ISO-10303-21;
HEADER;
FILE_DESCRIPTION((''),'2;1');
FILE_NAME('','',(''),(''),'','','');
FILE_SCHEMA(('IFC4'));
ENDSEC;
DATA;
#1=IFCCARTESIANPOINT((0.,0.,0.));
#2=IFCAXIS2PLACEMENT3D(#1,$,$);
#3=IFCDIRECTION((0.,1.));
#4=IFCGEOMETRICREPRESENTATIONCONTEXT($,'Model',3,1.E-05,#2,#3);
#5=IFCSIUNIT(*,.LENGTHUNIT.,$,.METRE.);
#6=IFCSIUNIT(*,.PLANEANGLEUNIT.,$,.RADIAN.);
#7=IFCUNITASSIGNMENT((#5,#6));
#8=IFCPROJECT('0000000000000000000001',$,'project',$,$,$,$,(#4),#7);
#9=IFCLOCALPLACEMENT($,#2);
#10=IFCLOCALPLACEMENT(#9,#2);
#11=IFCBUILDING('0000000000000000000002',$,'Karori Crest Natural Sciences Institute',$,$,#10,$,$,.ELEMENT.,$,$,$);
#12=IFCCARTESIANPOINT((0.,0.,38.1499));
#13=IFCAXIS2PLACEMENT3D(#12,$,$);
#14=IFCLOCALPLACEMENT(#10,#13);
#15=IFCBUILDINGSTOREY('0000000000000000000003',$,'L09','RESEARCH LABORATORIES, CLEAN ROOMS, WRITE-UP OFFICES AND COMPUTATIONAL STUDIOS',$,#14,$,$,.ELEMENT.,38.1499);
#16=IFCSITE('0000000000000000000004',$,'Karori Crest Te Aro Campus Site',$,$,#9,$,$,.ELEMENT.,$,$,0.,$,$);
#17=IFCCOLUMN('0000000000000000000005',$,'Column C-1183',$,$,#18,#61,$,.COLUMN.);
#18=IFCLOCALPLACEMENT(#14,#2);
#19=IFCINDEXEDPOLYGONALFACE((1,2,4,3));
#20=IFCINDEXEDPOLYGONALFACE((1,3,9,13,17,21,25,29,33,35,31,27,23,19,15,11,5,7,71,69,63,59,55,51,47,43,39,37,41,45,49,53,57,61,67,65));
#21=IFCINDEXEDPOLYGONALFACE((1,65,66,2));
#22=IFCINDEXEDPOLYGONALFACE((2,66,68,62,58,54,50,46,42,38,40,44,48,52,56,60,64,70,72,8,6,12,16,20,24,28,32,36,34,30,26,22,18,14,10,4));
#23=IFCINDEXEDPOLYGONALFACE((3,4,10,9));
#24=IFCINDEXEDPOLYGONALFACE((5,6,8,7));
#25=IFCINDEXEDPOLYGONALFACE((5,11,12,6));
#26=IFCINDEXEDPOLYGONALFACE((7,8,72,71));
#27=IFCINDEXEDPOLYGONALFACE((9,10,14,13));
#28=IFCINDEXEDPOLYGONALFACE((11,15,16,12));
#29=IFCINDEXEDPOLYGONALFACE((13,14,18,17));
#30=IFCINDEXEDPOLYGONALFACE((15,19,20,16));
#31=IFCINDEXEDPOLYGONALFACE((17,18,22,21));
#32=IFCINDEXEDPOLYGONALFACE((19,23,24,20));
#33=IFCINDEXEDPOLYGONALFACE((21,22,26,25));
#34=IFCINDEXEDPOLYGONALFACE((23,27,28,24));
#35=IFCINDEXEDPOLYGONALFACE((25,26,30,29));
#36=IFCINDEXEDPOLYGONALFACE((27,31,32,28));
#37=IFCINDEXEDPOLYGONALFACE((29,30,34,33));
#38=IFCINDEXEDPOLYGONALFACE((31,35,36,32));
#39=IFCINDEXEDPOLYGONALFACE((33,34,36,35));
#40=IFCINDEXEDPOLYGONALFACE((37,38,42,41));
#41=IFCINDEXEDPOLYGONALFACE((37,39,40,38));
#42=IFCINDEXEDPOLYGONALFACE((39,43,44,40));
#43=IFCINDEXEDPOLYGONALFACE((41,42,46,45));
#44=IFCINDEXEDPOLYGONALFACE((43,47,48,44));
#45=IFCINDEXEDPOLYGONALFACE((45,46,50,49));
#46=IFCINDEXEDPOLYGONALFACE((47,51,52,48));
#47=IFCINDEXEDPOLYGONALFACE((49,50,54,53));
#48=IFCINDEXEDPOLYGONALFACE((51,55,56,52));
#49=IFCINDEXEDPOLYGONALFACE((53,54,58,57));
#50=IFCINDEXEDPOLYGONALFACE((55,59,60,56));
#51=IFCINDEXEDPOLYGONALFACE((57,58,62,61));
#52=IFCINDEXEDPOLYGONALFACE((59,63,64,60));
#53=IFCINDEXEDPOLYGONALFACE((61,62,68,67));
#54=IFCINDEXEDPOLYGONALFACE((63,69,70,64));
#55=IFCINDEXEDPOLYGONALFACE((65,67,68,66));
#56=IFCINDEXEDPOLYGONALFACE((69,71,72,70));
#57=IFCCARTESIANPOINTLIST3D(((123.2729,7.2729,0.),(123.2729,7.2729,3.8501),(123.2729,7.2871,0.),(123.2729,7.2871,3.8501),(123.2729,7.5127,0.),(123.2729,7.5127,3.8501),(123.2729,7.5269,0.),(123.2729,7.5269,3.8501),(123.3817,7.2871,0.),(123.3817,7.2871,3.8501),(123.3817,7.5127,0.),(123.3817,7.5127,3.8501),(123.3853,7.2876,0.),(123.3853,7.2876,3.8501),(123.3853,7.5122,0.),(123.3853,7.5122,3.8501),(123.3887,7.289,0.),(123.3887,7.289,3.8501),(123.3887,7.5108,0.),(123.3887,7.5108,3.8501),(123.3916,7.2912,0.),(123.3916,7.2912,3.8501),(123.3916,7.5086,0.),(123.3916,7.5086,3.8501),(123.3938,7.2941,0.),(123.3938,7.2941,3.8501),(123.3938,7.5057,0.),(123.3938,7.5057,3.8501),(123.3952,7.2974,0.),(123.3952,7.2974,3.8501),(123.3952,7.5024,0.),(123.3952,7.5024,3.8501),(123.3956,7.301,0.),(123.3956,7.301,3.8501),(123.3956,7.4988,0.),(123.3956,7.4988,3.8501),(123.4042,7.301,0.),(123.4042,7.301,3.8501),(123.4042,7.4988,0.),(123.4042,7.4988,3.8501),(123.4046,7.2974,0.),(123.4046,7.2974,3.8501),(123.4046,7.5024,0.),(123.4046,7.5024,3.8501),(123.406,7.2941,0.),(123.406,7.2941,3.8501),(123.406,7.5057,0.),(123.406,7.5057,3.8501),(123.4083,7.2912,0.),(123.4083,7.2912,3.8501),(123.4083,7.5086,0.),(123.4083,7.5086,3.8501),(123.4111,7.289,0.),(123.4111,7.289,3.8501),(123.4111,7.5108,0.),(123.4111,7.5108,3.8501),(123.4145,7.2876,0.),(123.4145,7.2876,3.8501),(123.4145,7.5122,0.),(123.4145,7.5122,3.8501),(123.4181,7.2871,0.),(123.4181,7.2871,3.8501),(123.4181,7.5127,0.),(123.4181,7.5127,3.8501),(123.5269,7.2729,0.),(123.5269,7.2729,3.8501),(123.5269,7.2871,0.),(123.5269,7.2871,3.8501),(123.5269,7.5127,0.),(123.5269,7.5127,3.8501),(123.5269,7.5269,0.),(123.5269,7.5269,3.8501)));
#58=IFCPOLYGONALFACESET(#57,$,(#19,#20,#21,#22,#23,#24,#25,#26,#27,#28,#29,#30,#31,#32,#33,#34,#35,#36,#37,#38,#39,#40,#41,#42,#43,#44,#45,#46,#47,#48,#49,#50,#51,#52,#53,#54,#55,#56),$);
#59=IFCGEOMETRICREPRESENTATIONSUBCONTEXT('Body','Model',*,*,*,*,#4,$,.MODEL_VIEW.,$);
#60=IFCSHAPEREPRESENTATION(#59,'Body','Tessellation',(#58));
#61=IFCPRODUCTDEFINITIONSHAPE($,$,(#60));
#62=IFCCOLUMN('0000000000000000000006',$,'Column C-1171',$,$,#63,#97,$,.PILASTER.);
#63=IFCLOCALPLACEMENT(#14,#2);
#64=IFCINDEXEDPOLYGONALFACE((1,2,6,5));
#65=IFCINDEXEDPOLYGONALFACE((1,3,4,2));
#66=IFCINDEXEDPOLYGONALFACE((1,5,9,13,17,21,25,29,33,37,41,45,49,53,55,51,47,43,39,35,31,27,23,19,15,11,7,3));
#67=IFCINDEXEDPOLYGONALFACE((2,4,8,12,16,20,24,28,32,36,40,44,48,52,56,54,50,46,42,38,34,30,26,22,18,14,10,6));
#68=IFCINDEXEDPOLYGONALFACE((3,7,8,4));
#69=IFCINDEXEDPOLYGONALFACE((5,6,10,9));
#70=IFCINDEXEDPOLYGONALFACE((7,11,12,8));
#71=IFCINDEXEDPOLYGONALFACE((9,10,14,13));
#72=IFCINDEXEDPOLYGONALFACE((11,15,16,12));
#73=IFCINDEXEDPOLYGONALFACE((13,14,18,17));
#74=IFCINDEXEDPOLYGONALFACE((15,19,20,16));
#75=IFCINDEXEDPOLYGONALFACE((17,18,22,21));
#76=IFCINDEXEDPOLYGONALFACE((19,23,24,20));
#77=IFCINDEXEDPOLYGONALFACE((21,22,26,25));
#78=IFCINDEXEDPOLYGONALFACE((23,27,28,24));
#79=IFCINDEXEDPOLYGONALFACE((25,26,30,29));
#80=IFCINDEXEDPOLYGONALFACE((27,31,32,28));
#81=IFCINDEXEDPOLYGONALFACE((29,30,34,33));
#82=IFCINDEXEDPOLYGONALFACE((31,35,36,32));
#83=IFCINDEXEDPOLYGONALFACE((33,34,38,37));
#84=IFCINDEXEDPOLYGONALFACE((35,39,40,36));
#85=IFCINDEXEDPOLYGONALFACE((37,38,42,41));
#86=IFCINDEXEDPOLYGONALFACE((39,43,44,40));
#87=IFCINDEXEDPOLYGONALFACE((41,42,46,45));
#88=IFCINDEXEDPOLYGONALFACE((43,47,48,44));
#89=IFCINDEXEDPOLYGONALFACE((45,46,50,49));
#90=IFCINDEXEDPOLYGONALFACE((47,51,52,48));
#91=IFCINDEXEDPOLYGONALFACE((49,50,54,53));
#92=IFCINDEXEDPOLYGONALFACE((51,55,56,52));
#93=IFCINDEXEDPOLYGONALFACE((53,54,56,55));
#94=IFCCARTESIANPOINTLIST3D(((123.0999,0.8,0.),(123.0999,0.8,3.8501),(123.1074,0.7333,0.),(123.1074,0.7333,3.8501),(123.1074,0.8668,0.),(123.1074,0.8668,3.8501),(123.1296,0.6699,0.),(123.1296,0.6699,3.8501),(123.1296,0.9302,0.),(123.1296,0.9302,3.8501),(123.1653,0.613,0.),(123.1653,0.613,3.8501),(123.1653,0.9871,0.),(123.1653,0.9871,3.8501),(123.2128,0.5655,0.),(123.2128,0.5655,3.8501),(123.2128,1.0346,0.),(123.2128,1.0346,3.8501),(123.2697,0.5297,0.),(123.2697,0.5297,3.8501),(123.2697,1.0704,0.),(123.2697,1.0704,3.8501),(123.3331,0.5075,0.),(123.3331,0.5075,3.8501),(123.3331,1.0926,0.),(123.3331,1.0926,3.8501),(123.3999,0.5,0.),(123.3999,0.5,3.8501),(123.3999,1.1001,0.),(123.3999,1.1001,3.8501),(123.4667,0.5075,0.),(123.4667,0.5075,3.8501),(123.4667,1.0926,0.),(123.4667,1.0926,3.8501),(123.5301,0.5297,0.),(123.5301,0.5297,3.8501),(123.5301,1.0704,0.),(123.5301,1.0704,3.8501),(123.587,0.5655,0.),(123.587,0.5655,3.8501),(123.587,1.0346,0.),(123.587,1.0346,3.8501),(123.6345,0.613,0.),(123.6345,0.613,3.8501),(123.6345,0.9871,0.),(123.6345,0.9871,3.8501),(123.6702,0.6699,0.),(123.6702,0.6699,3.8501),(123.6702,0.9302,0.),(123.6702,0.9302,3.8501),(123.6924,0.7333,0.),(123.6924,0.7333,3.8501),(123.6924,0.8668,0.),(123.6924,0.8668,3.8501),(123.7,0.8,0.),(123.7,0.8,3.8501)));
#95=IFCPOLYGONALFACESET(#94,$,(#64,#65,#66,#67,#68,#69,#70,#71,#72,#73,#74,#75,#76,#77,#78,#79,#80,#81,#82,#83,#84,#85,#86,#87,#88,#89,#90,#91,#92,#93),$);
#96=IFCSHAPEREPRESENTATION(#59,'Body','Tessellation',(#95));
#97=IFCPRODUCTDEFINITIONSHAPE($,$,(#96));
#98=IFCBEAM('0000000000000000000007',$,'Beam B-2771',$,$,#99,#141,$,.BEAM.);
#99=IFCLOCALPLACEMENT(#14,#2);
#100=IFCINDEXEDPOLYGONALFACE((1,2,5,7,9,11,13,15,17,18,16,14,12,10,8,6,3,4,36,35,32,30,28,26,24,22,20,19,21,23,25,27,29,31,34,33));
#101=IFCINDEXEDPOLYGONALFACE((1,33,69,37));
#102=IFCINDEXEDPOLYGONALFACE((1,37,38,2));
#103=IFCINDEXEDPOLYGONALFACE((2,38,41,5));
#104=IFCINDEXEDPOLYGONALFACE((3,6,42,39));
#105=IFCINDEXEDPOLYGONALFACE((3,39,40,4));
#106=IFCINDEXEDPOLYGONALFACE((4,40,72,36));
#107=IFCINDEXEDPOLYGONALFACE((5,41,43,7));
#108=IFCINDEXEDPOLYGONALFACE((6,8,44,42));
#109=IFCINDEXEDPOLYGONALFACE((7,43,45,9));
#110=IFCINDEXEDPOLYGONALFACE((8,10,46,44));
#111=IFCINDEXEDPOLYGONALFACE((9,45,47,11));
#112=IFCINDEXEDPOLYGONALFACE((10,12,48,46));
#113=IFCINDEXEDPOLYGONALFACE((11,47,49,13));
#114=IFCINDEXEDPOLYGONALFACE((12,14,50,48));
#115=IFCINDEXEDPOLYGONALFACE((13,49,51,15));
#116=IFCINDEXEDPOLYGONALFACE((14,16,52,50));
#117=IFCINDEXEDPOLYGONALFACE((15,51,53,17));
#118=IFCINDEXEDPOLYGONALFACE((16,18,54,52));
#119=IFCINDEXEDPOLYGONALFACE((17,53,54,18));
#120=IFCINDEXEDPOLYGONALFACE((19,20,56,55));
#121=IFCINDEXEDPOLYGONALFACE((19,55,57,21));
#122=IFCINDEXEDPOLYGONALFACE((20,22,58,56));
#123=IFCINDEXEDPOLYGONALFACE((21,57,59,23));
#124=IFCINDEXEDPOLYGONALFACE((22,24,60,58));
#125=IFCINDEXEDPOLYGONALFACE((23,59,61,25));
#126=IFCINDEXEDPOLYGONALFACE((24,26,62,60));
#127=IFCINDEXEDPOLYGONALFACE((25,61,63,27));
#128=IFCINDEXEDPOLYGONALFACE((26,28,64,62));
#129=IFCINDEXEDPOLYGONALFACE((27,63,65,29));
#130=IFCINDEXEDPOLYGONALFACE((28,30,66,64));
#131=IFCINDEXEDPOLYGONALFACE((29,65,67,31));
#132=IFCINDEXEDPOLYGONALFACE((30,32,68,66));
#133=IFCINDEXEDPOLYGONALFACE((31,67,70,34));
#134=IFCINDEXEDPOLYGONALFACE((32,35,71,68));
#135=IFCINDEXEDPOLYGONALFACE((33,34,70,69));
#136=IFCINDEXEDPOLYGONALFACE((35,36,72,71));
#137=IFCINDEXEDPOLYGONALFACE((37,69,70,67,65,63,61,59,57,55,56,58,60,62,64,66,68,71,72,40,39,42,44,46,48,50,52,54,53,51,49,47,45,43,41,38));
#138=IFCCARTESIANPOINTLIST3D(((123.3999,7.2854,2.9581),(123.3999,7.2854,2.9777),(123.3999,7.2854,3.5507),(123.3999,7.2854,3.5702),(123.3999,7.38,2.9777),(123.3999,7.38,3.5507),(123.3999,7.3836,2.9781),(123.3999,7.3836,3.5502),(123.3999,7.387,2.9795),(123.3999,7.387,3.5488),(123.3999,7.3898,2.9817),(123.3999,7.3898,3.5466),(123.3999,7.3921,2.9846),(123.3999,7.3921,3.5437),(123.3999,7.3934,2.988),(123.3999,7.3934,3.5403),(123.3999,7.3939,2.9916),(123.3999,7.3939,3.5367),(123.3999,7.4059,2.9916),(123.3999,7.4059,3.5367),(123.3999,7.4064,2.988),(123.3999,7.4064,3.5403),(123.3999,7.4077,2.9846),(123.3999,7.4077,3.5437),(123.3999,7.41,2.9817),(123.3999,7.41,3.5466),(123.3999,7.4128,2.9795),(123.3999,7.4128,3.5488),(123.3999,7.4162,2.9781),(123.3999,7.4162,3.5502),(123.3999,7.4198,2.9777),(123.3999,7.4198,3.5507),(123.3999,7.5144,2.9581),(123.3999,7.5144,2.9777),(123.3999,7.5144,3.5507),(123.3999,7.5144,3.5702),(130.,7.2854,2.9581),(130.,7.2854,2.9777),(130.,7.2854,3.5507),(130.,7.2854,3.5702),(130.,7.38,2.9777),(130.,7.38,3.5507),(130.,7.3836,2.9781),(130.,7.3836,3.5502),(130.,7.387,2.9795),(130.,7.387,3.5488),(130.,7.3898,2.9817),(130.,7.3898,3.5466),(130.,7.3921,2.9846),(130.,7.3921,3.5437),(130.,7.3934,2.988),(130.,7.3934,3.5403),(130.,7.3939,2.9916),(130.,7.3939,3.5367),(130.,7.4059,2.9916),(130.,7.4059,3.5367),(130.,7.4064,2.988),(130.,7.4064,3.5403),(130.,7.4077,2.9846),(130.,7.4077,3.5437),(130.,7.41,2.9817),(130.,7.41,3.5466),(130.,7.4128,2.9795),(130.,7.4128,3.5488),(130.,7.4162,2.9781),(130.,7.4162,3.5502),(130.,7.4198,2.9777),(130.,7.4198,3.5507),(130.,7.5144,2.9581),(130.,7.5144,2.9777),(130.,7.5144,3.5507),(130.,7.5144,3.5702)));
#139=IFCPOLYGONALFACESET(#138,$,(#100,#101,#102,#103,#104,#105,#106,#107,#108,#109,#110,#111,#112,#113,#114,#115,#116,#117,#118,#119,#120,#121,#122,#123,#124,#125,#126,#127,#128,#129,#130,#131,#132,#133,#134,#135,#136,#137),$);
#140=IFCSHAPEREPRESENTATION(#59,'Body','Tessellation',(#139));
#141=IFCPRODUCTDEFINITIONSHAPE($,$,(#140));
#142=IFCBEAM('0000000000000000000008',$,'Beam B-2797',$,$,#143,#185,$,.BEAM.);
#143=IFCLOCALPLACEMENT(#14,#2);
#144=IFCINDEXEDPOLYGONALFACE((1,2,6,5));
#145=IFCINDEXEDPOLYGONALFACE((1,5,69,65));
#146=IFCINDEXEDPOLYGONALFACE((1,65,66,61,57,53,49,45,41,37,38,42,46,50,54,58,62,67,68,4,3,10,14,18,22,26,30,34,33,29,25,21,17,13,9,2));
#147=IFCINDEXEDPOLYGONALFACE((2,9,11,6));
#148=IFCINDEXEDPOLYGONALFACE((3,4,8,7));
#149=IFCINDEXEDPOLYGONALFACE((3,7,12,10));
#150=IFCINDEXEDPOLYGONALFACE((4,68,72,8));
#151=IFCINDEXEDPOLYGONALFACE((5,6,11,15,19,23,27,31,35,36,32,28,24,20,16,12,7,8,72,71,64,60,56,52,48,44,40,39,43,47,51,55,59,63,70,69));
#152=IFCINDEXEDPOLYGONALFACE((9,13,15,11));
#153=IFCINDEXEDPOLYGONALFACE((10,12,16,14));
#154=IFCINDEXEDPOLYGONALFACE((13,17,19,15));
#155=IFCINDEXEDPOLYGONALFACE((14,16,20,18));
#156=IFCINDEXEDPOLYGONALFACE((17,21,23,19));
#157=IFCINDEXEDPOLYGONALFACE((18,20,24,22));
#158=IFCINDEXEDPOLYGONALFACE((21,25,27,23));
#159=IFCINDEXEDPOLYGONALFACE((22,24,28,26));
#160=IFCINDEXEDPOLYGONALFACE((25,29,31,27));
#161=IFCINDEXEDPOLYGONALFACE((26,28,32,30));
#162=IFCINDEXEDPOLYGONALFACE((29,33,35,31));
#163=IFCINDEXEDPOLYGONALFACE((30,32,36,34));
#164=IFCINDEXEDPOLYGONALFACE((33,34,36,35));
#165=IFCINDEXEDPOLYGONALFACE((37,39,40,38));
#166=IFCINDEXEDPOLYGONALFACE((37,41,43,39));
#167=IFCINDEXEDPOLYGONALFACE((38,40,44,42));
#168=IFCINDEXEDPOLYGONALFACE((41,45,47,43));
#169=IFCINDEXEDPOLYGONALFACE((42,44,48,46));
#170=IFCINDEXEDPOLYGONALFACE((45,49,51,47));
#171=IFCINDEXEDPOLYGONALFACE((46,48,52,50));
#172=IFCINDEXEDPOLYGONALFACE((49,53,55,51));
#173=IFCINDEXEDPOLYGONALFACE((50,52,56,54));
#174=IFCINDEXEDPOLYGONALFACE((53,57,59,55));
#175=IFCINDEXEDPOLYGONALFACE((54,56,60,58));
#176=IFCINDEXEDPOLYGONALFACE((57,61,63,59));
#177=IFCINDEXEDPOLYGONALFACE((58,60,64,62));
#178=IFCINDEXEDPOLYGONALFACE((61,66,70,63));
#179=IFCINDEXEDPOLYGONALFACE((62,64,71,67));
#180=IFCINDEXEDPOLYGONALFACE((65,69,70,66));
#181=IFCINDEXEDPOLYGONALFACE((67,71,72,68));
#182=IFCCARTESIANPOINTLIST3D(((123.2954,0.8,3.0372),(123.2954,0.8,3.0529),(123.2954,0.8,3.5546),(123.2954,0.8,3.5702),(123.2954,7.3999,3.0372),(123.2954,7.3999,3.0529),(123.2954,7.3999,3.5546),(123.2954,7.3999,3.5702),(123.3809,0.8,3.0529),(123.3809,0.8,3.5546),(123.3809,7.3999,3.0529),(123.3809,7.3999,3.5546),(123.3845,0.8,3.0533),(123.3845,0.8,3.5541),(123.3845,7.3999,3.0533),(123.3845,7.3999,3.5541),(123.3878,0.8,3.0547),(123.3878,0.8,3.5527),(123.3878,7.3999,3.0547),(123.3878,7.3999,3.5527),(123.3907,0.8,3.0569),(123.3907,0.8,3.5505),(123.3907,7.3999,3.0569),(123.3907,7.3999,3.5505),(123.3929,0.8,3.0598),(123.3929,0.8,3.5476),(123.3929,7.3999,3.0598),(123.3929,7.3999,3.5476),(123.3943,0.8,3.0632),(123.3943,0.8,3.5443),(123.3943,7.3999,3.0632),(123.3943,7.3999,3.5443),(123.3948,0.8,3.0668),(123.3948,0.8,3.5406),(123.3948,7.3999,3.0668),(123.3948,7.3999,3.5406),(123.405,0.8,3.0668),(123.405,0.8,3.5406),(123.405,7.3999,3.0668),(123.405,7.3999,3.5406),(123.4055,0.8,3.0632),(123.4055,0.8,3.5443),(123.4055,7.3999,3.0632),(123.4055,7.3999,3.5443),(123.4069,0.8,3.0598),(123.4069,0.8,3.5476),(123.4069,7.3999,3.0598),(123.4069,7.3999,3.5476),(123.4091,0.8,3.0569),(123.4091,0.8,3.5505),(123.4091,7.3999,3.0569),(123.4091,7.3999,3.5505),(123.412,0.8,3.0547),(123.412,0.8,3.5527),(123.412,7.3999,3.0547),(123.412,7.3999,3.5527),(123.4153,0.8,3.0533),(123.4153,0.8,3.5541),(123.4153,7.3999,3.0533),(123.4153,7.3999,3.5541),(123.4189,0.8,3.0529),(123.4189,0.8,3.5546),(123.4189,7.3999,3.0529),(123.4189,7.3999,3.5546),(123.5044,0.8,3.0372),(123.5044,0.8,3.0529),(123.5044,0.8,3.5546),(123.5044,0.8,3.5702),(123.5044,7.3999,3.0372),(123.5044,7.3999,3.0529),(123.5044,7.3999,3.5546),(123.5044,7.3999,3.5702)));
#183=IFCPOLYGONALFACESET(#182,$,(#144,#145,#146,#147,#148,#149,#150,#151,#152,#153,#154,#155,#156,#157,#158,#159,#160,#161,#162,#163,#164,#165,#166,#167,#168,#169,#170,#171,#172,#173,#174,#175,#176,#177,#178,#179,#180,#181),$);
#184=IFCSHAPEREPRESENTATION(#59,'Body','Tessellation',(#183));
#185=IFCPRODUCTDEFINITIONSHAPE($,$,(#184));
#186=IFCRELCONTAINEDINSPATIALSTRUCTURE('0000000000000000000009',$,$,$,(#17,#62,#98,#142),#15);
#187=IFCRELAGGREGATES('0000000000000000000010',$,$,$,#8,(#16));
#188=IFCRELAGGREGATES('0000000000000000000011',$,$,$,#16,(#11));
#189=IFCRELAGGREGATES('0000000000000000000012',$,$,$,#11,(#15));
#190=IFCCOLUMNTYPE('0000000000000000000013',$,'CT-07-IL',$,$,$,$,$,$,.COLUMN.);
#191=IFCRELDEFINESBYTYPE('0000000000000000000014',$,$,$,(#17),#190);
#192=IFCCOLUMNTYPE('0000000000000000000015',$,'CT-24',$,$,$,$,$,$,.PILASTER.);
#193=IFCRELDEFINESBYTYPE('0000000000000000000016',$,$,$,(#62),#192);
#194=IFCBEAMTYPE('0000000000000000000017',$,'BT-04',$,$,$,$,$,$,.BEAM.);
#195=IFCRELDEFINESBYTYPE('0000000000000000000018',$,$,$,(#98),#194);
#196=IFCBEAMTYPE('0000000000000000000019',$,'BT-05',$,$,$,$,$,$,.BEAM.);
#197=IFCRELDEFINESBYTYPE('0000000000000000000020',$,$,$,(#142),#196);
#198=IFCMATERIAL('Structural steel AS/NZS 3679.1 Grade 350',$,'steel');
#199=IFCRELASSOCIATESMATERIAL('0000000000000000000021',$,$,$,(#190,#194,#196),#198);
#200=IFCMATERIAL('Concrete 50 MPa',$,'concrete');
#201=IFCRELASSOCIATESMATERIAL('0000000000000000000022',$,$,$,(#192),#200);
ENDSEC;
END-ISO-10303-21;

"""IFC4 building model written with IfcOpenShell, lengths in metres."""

from ifc_helpers import new_model, si_unit, direction, frame, origin, origin_2d, place, context, subcontext, project, spatial, circle, i_section, extrude, material, material_profile, profile_set, type_object, element, save


model = new_model("IFC4")

# Units and contexts
model_context = context("Model", 3, precision=1e-05, world=origin(), true_north=direction((0.0, 1.0)))
body_context = subcontext(model_context, "Body", "Model", "MODEL_VIEW")
ifc_project = project(units=[si_unit("LENGTHUNIT", "METRE"), si_unit("PLANEANGLEUNIT", "RADIAN")], contexts=[model_context])

# Site, building, storey
site_placement = place(None, origin())
site = spatial("IfcSite", under=ifc_project, at=site_placement, Name="Karori Crest Te Aro Campus Site", CompositionType="ELEMENT", RefElevation=0.0)
building_placement = place(site_placement, origin())
building = spatial("IfcBuilding", under=site, at=building_placement, Name="Karori Crest Natural Sciences Institute", CompositionType="ELEMENT")
storey_placement = place(building_placement, frame((0.0, 0.0, 38.1499)))
storey = spatial("IfcBuildingStorey", under=building, at=storey_placement, Name="L09", Description="RESEARCH LABORATORIES, CLEAN ROOMS, WRITE-UP OFFICES AND COMPUTATIONAL STUDIOS", CompositionType="ELEMENT", Elevation=38.1499)

# Columns
ifc_material_1 = material(Name="Structural steel AS/NZS 3679.1 Grade 350", Category="steel")
ifc_material_profile_1 = material_profile(ifc_material_1, i_section(OverallWidth=0.2539, OverallDepth=0.2539, WebThickness=0.0085, FlangeThickness=0.0142, FilletRadius=0.0139, at=origin_2d()), Name="250UC72.9")
ifc_profile_set_1 = profile_set([ifc_material_profile_1], Name="Structural steel AS/NZS 3679.1 Grade 350")
column_type_1 = type_object("IfcColumnType", Name="CT-07-IL", PredefinedType="COLUMN", material=ifc_profile_set_1)
column_1_placement = place(storey_placement, frame((123.3999, 7.3999, 0.0), z_axis=(0.0, 0.0, 1.0), x_axis=(1.0, 0.0, 0.0)))
element("IfcColumn", 1, at=column_1_placement, inside=storey, type_object=column_type_1, Name="Column C-1183", PredefinedType="COLUMN", context=body_context, shape_type="SweptSolid", body=[
    extrude(i_section(OverallWidth=0.2539, OverallDepth=0.2539, WebThickness=0.0085, FlangeThickness=0.0142, FilletRadius=0.0139, at=origin_2d()), origin(), (0.0, 0.0, 1.0), 3.8501),
])
ifc_material_2 = material(Name="Concrete 50 MPa", Category="concrete")
ifc_material_profile_2 = material_profile(ifc_material_2, circle(Radius=0.3, at=origin_2d()), Name="RCC600")
ifc_profile_set_2 = profile_set([ifc_material_profile_2], Name="Concrete 50 MPa")
column_type_2 = type_object("IfcColumnType", Name="CT-24", PredefinedType="PILASTER", material=ifc_profile_set_2)
column_2_placement = place(storey_placement, frame((123.3999, 0.8, 0.0), z_axis=(0.0, 0.0, 1.0), x_axis=(1.0, 0.0, 0.0)))
element("IfcColumn", 2, at=column_2_placement, inside=storey, type_object=column_type_2, Name="Column C-1171", PredefinedType="PILASTER", context=body_context, shape_type="SweptSolid", body=[
    extrude(circle(Radius=0.3, at=origin_2d()), origin(), (0.0, 0.0, 1.0), 3.8501),
])

# Beams
ifc_material_profile_3 = material_profile(ifc_material_1, i_section(OverallWidth=0.229, OverallDepth=0.6121, WebThickness=0.012, FlangeThickness=0.0195, FilletRadius=0.0139, at=origin_2d()), Name="610UB125")
ifc_profile_set_3 = profile_set([ifc_material_profile_3], Name="Structural steel AS/NZS 3679.1 Grade 350")
beam_type_1 = type_object("IfcBeamType", Name="BT-04", PredefinedType="BEAM", material=ifc_profile_set_3)
beam_1_placement = place(storey_placement, frame((123.3999, 7.3999, 3.2642), z_axis=(1.0, 0.0, 0.0), x_axis=(0.0, 1.0, 0.0)))
element("IfcBeam", 3, at=beam_1_placement, inside=storey, type_object=beam_type_1, Name="Beam B-2771", PredefinedType="BEAM", context=body_context, shape_type="SweptSolid", body=[
    extrude(i_section(OverallWidth=0.229, OverallDepth=0.6121, WebThickness=0.012, FlangeThickness=0.0195, FilletRadius=0.0139, at=origin_2d()), origin(), (0.0, 0.0, 1.0), 6.6001),
])
ifc_material_profile_4 = material_profile(ifc_material_1, i_section(OverallWidth=0.209, OverallDepth=0.533, WebThickness=0.0103, FlangeThickness=0.0156, FilletRadius=0.0139, at=origin_2d()), Name="530UB92.4")
ifc_profile_set_4 = profile_set([ifc_material_profile_4], Name="Structural steel AS/NZS 3679.1 Grade 350")
beam_type_2 = type_object("IfcBeamType", Name="BT-05", PredefinedType="BEAM", material=ifc_profile_set_4)
beam_2_placement = place(storey_placement, frame((123.3999, 0.8, 3.3037), z_axis=(0.0, 1.0, 0.0), x_axis=(-1.0, 0.0, 0.0)))
element("IfcBeam", 4, at=beam_2_placement, inside=storey, type_object=beam_type_2, Name="Beam B-2797", PredefinedType="BEAM", context=body_context, shape_type="SweptSolid", body=[
    extrude(i_section(OverallWidth=0.209, OverallDepth=0.533, WebThickness=0.0103, FlangeThickness=0.0156, FilletRadius=0.0139, at=origin_2d()), origin(), (0.0, 0.0, 1.0), 6.5999),
])

save(model, "model.ifc")
